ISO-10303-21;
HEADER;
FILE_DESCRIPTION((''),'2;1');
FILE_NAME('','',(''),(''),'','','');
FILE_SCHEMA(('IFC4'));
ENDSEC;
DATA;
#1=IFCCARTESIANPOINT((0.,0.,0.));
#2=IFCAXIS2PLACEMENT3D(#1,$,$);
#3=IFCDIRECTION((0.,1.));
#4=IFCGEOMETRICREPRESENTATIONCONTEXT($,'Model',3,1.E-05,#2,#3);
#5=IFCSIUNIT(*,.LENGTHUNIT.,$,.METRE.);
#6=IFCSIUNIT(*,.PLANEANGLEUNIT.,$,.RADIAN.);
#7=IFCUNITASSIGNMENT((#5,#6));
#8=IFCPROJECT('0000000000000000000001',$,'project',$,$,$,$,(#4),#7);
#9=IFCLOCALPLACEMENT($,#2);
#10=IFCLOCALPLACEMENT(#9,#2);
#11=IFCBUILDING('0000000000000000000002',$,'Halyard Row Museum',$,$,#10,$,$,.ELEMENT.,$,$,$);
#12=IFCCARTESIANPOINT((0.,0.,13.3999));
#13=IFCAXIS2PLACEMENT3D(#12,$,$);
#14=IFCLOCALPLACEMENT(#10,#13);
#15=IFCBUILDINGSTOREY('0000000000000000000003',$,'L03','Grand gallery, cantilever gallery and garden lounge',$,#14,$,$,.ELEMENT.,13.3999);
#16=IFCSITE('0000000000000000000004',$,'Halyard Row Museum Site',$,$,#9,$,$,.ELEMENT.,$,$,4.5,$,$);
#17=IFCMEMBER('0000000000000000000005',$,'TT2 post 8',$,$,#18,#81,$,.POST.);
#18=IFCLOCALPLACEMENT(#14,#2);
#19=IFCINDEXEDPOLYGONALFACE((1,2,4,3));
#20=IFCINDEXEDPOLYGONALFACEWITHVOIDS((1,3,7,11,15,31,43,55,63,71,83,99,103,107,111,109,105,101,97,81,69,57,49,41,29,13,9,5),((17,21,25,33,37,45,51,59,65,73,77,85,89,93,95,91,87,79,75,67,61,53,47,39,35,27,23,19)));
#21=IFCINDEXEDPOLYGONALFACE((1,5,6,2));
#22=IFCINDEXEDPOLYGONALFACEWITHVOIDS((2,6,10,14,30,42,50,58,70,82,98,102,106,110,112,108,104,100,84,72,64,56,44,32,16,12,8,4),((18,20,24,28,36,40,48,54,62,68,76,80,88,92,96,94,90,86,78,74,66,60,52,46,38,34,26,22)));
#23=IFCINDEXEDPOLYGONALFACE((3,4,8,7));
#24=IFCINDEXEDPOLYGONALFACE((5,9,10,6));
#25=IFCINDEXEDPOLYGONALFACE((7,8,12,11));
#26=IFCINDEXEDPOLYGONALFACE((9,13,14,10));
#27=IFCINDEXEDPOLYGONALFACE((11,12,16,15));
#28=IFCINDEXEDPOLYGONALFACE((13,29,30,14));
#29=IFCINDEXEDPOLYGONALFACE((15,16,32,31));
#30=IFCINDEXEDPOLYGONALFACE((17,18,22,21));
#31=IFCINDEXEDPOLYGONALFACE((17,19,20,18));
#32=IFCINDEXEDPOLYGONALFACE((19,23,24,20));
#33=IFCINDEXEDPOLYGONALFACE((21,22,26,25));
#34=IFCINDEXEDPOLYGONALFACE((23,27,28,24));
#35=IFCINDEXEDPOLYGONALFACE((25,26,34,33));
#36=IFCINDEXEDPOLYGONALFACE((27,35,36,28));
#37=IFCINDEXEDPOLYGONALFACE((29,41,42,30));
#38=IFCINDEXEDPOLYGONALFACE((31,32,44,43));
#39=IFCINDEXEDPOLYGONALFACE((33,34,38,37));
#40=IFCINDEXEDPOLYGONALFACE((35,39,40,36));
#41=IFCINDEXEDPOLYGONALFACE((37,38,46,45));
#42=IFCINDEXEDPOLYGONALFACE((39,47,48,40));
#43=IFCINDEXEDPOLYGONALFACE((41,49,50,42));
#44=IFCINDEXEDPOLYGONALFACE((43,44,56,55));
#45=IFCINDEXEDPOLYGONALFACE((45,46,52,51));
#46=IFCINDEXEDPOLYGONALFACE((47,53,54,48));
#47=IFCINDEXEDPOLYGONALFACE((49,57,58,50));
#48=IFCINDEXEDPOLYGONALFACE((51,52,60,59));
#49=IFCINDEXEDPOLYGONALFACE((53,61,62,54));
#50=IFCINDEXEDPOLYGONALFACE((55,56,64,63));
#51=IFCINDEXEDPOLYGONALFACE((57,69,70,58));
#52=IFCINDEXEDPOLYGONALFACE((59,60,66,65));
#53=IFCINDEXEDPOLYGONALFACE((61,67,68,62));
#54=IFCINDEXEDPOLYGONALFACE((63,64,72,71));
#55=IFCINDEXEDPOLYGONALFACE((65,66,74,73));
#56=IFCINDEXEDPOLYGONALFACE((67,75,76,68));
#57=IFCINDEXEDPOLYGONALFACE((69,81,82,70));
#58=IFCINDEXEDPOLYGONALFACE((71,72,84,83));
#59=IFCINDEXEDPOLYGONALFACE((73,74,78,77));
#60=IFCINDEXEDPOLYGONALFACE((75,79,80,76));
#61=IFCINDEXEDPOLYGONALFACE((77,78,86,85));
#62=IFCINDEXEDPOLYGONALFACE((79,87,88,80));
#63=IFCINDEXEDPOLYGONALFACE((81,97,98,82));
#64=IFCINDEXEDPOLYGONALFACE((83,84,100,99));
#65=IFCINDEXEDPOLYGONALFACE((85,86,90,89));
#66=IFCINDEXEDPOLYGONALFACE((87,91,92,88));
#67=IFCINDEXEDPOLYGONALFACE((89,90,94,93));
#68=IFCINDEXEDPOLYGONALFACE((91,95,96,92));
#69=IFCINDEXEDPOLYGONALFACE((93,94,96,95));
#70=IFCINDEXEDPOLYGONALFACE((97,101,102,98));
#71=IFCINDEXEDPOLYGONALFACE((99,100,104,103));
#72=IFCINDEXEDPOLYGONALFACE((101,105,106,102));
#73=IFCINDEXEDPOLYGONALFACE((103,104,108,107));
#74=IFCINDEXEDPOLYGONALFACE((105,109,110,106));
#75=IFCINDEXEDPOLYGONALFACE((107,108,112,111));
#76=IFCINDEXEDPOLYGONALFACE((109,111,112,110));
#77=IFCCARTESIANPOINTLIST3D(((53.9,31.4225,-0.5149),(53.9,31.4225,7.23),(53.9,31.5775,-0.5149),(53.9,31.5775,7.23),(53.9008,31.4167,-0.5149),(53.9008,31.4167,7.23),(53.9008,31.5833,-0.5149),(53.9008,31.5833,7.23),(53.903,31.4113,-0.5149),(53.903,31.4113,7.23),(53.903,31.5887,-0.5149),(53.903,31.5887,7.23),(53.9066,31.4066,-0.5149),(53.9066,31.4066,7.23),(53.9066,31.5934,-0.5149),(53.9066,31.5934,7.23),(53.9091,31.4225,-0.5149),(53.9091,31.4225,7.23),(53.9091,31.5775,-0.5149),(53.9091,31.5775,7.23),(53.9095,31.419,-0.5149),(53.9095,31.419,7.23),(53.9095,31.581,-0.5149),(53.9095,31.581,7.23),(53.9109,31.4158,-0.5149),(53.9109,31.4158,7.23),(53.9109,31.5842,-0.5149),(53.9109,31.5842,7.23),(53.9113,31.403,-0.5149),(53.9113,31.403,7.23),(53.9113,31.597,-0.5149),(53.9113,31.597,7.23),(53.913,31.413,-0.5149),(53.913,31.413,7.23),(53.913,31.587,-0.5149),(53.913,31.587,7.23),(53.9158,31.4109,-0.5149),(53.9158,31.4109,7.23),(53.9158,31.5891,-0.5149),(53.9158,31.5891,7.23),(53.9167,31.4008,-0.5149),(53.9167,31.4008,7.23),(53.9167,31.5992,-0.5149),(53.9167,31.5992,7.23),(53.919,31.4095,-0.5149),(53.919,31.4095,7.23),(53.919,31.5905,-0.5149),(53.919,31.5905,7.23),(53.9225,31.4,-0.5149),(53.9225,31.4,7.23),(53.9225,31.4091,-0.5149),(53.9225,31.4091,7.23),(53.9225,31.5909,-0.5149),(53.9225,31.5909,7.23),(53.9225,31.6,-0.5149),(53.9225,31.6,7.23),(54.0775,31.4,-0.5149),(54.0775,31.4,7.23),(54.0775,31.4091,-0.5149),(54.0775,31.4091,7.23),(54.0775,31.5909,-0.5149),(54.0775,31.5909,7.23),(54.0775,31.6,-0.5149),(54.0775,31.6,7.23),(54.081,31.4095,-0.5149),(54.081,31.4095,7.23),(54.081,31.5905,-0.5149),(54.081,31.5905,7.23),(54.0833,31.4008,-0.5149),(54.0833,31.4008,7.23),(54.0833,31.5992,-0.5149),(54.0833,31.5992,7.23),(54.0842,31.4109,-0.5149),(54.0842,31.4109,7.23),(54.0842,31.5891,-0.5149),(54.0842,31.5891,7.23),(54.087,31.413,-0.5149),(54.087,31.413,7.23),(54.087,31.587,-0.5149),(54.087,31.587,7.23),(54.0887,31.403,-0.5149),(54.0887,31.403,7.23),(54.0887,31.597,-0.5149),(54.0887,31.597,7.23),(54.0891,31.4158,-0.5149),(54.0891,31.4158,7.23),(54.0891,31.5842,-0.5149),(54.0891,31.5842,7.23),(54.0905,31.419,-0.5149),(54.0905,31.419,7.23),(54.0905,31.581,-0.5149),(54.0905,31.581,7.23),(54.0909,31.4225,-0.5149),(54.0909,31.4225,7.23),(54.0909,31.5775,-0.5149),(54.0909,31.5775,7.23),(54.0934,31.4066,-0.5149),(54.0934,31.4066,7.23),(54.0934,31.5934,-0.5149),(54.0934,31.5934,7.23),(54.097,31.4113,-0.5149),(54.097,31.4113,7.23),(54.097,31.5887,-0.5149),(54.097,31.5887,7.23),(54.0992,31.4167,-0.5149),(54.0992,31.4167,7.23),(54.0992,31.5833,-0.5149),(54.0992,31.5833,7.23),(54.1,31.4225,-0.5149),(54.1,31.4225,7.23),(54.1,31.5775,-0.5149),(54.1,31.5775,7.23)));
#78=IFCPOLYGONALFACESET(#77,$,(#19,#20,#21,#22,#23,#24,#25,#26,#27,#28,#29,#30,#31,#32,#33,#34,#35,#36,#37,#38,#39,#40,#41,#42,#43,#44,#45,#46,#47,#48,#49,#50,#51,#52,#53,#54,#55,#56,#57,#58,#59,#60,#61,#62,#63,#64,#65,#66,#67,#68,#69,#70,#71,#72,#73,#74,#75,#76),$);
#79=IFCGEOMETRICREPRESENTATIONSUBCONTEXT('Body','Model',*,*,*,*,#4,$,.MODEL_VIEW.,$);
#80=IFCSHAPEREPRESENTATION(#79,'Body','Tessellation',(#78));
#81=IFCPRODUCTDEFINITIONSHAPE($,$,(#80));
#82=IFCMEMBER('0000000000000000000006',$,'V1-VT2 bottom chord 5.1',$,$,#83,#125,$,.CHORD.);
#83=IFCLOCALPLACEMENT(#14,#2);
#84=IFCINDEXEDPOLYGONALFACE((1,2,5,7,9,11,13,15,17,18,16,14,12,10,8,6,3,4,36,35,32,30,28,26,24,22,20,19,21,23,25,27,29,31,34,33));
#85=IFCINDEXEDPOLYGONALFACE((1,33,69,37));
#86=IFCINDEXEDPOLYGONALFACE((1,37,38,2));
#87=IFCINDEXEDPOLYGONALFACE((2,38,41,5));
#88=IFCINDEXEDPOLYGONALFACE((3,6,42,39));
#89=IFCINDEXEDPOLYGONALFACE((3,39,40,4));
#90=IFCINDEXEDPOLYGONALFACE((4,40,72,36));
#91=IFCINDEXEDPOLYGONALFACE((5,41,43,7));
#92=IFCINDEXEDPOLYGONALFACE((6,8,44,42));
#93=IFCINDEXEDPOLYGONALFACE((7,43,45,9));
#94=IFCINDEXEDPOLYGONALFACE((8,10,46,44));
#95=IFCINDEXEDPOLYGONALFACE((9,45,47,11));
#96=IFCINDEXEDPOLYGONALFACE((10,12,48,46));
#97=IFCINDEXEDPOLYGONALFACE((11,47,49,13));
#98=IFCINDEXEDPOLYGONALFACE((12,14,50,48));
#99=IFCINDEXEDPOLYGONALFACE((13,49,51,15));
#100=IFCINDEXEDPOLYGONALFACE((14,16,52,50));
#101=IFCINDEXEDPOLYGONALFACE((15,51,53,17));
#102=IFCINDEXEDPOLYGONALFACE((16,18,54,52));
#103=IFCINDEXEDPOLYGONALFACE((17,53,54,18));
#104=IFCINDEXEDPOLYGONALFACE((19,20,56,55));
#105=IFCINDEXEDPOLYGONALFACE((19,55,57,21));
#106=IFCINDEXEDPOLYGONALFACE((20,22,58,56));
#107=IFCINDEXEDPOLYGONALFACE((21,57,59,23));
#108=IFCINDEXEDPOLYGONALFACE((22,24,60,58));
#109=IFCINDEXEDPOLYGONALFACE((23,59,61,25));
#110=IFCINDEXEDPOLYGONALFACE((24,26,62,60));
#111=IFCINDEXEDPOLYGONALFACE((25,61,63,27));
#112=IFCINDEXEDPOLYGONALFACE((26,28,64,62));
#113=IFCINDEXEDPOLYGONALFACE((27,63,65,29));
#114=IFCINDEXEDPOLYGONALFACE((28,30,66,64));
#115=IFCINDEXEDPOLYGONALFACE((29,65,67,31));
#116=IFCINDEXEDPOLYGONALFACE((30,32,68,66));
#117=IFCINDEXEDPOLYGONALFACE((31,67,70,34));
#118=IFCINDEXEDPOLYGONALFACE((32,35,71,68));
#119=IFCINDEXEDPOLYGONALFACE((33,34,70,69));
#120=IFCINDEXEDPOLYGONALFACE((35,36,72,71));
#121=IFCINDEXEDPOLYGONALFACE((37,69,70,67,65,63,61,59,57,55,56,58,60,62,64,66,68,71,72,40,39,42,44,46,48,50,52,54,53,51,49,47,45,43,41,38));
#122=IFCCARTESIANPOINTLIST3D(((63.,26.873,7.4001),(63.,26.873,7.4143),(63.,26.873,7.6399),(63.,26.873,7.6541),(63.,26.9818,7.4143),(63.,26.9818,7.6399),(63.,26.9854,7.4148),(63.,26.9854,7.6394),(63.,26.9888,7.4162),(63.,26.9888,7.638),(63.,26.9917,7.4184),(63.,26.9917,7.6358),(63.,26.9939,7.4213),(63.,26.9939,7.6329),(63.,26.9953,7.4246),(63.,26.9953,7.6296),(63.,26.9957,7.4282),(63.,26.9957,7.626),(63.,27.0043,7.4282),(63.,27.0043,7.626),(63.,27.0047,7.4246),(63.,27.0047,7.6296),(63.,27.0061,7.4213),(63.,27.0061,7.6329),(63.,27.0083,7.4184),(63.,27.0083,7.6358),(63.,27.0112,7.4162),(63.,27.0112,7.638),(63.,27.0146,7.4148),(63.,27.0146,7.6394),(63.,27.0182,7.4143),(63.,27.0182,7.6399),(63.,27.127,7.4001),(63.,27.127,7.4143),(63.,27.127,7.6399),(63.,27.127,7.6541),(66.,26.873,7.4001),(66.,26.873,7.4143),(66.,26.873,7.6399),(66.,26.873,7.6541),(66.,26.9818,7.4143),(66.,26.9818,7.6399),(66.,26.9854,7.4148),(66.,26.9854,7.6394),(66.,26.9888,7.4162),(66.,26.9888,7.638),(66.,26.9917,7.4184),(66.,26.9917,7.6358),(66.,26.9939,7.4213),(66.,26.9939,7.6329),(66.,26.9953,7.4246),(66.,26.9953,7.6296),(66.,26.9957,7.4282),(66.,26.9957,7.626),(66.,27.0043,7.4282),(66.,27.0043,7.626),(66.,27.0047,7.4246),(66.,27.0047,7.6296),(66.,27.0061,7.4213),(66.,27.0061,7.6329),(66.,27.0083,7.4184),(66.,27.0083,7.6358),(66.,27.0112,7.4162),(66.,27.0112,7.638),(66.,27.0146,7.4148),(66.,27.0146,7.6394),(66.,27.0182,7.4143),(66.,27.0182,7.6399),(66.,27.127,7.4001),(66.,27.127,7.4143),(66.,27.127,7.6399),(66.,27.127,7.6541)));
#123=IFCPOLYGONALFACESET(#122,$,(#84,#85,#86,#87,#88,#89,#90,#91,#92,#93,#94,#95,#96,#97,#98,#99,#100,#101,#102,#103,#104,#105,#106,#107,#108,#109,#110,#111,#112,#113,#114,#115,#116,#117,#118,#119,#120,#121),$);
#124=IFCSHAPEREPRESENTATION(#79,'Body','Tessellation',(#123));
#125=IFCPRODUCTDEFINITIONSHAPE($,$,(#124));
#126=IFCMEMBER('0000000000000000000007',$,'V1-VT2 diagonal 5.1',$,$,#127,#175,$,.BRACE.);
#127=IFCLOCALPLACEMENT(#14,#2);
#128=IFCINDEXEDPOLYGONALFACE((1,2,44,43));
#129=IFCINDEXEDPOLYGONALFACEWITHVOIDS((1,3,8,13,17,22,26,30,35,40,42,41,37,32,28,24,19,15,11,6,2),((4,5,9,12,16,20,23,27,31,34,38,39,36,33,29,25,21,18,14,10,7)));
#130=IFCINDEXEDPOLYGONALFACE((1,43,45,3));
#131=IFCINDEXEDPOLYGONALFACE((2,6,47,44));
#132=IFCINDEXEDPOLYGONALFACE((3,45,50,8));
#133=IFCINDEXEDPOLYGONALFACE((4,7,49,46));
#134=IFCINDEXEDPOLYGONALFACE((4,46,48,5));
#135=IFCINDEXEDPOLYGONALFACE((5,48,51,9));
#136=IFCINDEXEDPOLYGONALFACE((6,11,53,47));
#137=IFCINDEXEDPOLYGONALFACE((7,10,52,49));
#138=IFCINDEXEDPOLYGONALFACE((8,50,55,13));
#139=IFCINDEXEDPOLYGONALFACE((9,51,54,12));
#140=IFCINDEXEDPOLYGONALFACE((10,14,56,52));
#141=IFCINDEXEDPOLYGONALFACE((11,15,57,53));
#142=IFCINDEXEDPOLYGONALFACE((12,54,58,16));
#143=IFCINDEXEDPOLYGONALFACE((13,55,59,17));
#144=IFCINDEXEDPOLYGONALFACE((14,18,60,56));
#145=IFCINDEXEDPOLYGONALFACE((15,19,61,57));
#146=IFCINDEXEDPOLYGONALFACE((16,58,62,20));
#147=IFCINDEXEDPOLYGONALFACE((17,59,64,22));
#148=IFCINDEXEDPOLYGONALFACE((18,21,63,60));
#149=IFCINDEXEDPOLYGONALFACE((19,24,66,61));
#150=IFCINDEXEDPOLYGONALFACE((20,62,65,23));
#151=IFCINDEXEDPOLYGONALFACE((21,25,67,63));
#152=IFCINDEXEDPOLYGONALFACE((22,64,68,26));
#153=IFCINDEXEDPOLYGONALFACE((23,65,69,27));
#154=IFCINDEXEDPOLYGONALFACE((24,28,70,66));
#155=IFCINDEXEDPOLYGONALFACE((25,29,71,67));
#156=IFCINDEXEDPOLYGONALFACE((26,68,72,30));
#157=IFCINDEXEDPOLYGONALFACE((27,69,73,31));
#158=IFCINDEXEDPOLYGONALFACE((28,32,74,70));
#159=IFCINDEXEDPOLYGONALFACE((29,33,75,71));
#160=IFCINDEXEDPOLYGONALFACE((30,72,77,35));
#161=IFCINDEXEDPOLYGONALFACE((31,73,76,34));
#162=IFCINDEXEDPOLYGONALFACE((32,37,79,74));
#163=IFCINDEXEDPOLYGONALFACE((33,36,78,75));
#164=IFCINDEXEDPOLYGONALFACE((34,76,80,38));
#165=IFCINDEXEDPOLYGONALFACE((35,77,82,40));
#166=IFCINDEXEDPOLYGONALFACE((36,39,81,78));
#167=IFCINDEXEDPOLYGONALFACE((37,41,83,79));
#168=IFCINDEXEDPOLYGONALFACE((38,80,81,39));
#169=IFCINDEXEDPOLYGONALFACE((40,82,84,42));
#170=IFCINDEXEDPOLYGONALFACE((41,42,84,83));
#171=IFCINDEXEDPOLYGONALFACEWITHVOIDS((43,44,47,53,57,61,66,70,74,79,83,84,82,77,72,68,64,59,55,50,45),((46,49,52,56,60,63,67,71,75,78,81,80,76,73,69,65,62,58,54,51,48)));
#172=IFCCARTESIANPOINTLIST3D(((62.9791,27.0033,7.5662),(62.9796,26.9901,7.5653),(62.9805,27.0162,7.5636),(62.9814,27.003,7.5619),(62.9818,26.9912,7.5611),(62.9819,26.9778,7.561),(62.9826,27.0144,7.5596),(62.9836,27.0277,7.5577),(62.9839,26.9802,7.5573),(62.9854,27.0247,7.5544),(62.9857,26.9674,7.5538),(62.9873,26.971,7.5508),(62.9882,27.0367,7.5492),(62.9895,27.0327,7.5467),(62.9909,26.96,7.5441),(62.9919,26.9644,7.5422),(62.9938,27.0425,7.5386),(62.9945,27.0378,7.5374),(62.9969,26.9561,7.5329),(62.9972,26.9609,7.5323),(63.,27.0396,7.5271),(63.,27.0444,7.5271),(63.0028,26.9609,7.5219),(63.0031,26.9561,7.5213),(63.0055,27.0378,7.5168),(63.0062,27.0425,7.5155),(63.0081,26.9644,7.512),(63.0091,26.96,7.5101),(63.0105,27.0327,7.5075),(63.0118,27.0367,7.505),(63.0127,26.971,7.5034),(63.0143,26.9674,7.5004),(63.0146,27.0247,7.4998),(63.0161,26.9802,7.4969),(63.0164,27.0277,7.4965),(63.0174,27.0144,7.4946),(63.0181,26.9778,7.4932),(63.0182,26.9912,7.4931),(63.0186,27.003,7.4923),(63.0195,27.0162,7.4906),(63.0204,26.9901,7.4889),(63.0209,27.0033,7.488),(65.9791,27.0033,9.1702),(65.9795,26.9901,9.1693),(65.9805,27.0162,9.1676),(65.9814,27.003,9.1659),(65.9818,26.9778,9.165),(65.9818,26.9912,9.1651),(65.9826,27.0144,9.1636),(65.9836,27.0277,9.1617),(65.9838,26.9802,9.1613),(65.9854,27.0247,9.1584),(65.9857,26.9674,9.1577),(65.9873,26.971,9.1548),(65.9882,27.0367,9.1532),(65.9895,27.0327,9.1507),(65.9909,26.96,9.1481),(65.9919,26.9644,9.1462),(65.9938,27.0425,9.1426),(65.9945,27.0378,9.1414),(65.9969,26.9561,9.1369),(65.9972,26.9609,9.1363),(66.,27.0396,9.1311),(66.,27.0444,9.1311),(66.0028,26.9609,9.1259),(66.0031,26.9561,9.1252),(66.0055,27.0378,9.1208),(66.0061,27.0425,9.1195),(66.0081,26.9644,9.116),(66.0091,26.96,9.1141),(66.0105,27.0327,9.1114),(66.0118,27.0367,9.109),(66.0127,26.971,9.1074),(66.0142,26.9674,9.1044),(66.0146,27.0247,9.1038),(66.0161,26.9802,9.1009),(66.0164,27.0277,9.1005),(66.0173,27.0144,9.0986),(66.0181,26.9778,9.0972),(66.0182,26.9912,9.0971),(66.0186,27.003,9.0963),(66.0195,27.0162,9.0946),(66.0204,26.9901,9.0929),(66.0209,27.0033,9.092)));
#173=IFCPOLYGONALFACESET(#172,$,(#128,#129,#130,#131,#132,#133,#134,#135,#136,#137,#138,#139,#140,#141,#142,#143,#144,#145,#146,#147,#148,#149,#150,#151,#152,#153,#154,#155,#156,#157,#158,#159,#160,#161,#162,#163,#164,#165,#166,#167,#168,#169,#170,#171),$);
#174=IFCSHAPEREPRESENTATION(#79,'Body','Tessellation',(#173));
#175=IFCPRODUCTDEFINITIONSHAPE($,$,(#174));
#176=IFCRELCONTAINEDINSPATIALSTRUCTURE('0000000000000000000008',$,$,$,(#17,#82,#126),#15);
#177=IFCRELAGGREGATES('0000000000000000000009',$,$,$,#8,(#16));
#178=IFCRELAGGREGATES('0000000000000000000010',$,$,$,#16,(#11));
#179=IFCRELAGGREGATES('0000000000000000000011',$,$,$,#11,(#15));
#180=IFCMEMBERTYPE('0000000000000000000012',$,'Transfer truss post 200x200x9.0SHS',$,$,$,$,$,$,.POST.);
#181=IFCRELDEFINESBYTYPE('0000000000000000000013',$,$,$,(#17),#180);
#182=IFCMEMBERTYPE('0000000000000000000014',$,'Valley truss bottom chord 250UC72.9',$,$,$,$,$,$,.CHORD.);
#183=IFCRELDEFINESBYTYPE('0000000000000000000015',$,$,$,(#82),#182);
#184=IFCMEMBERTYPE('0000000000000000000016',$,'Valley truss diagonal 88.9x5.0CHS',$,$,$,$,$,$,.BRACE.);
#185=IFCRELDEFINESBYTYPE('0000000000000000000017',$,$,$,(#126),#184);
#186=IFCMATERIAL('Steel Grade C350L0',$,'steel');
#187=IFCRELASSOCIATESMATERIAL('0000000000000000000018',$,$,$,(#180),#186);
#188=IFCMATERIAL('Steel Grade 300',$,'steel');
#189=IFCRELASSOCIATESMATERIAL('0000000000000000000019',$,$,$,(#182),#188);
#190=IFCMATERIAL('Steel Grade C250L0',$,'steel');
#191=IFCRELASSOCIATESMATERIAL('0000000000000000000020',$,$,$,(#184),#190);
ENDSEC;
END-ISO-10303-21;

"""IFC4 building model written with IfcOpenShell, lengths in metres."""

from ifc_helpers import new_model, si_unit, direction, frame, origin, origin_2d, place, context, subcontext, project, spatial, hollow_rectangle, hollow_circle, i_section, extrude, material, material_profile, profile_set, type_object, element, save


model = new_model("IFC4")

# Units and contexts
model_context = context("Model", 3, precision=1e-05, world=origin(), true_north=direction((0.0, 1.0)))
body_context = subcontext(model_context, "Body", "Model", "MODEL_VIEW")
ifc_project = project(units=[si_unit("LENGTHUNIT", "METRE"), si_unit("PLANEANGLEUNIT", "RADIAN")], contexts=[model_context])

# Site, building, storey
site_placement = place(None, origin())
site = spatial("IfcSite", under=ifc_project, at=site_placement, Name="Halyard Row Museum Site", CompositionType="ELEMENT", RefElevation=4.5)
building_placement = place(site_placement, origin())
building = spatial("IfcBuilding", under=site, at=building_placement, Name="Halyard Row Museum", CompositionType="ELEMENT")
storey_placement = place(building_placement, frame((0.0, 0.0, 13.3999)))
storey = spatial("IfcBuildingStorey", under=building, at=storey_placement, Name="L03", Description="Grand gallery, cantilever gallery and garden lounge", CompositionType="ELEMENT", Elevation=13.3999)

# Members
ifc_material_1 = material(Name="Steel Grade C350L0", Category="steel")
ifc_material_profile_1 = material_profile(ifc_material_1, hollow_rectangle(XDim=0.2, YDim=0.2, WallThickness=0.009, InnerFilletRadius=0.0134, OuterFilletRadius=0.0225, at=origin_2d()), Name="200x200x9.0SHS")
ifc_profile_set_1 = profile_set([ifc_material_profile_1], Name="Steel Grade C350L0")
member_type_1 = type_object("IfcMemberType", Name="Transfer truss post 200x200x9.0SHS", PredefinedType="POST", material=ifc_profile_set_1)
member_1_placement = place(storey_placement, frame((54.0, 31.5, -0.5149), z_axis=(0.0, 0.0, 1.0), x_axis=(1.0, 0.0, 0.0)))
element("IfcMember", 1, at=member_1_placement, inside=storey, type_object=member_type_1, Name="TT2 post 8", PredefinedType="POST", context=body_context, shape_type="SweptSolid", body=[
    extrude(hollow_rectangle(XDim=0.2, YDim=0.2, WallThickness=0.009, InnerFilletRadius=0.0134, OuterFilletRadius=0.0225, at=origin_2d()), origin(), (0.0, 0.0, 1.0), 7.7449),
])
ifc_material_2 = material(Name="Steel Grade 300", Category="steel")
ifc_material_profile_2 = material_profile(ifc_material_2, i_section(OverallWidth=0.2539, OverallDepth=0.2539, WebThickness=0.0085, FlangeThickness=0.0142, FilletRadius=0.0139, at=origin_2d()), Name="250UC72.9")
ifc_profile_set_2 = profile_set([ifc_material_profile_2], Name="Steel Grade 300")
member_type_2 = type_object("IfcMemberType", Name="Valley truss bottom chord 250UC72.9", PredefinedType="CHORD", material=ifc_profile_set_2)
member_2_placement = place(storey_placement, frame((63.0, 27.0, 7.5271), z_axis=(1.0, 0.0, 0.0), x_axis=(0.0, 1.0, 0.0)))
element("IfcMember", 2, at=member_2_placement, inside=storey, type_object=member_type_2, Name="V1-VT2 bottom chord 5.1", PredefinedType="CHORD", context=body_context, shape_type="SweptSolid", body=[
    extrude(i_section(OverallWidth=0.2539, OverallDepth=0.2539, WebThickness=0.0085, FlangeThickness=0.0142, FilletRadius=0.0139, at=origin_2d()), origin(), (0.0, 0.0, 1.0), 3.0),
])
ifc_material_3 = material(Name="Steel Grade C250L0", Category="steel")
ifc_material_profile_3 = material_profile(ifc_material_3, hollow_circle(Radius=0.0444, WallThickness=0.0049, at=origin_2d()), Name="88.9x5.0CHS")
ifc_profile_set_3 = profile_set([ifc_material_profile_3], Name="Steel Grade C250L0")
member_type_3 = type_object("IfcMemberType", Name="Valley truss diagonal 88.9x5.0CHS", PredefinedType="BRACE", material=ifc_profile_set_3)
member_3_placement = place(storey_placement, frame((63.0, 27.0, 7.5271), z_axis=(0.881864, 0.0, 0.471504), x_axis=(0.0, 1.0, 0.0)))
element("IfcMember", 3, at=member_3_placement, inside=storey, type_object=member_type_3, Name="V1-VT2 diagonal 5.1", PredefinedType="BRACE", context=body_context, shape_type="SweptSolid", body=[
    extrude(hollow_circle(Radius=0.0444, WallThickness=0.0049, at=origin_2d()), origin(), (0.0, 0.0, 1.0), 3.4019),
])

save(model, "model.ifc")
